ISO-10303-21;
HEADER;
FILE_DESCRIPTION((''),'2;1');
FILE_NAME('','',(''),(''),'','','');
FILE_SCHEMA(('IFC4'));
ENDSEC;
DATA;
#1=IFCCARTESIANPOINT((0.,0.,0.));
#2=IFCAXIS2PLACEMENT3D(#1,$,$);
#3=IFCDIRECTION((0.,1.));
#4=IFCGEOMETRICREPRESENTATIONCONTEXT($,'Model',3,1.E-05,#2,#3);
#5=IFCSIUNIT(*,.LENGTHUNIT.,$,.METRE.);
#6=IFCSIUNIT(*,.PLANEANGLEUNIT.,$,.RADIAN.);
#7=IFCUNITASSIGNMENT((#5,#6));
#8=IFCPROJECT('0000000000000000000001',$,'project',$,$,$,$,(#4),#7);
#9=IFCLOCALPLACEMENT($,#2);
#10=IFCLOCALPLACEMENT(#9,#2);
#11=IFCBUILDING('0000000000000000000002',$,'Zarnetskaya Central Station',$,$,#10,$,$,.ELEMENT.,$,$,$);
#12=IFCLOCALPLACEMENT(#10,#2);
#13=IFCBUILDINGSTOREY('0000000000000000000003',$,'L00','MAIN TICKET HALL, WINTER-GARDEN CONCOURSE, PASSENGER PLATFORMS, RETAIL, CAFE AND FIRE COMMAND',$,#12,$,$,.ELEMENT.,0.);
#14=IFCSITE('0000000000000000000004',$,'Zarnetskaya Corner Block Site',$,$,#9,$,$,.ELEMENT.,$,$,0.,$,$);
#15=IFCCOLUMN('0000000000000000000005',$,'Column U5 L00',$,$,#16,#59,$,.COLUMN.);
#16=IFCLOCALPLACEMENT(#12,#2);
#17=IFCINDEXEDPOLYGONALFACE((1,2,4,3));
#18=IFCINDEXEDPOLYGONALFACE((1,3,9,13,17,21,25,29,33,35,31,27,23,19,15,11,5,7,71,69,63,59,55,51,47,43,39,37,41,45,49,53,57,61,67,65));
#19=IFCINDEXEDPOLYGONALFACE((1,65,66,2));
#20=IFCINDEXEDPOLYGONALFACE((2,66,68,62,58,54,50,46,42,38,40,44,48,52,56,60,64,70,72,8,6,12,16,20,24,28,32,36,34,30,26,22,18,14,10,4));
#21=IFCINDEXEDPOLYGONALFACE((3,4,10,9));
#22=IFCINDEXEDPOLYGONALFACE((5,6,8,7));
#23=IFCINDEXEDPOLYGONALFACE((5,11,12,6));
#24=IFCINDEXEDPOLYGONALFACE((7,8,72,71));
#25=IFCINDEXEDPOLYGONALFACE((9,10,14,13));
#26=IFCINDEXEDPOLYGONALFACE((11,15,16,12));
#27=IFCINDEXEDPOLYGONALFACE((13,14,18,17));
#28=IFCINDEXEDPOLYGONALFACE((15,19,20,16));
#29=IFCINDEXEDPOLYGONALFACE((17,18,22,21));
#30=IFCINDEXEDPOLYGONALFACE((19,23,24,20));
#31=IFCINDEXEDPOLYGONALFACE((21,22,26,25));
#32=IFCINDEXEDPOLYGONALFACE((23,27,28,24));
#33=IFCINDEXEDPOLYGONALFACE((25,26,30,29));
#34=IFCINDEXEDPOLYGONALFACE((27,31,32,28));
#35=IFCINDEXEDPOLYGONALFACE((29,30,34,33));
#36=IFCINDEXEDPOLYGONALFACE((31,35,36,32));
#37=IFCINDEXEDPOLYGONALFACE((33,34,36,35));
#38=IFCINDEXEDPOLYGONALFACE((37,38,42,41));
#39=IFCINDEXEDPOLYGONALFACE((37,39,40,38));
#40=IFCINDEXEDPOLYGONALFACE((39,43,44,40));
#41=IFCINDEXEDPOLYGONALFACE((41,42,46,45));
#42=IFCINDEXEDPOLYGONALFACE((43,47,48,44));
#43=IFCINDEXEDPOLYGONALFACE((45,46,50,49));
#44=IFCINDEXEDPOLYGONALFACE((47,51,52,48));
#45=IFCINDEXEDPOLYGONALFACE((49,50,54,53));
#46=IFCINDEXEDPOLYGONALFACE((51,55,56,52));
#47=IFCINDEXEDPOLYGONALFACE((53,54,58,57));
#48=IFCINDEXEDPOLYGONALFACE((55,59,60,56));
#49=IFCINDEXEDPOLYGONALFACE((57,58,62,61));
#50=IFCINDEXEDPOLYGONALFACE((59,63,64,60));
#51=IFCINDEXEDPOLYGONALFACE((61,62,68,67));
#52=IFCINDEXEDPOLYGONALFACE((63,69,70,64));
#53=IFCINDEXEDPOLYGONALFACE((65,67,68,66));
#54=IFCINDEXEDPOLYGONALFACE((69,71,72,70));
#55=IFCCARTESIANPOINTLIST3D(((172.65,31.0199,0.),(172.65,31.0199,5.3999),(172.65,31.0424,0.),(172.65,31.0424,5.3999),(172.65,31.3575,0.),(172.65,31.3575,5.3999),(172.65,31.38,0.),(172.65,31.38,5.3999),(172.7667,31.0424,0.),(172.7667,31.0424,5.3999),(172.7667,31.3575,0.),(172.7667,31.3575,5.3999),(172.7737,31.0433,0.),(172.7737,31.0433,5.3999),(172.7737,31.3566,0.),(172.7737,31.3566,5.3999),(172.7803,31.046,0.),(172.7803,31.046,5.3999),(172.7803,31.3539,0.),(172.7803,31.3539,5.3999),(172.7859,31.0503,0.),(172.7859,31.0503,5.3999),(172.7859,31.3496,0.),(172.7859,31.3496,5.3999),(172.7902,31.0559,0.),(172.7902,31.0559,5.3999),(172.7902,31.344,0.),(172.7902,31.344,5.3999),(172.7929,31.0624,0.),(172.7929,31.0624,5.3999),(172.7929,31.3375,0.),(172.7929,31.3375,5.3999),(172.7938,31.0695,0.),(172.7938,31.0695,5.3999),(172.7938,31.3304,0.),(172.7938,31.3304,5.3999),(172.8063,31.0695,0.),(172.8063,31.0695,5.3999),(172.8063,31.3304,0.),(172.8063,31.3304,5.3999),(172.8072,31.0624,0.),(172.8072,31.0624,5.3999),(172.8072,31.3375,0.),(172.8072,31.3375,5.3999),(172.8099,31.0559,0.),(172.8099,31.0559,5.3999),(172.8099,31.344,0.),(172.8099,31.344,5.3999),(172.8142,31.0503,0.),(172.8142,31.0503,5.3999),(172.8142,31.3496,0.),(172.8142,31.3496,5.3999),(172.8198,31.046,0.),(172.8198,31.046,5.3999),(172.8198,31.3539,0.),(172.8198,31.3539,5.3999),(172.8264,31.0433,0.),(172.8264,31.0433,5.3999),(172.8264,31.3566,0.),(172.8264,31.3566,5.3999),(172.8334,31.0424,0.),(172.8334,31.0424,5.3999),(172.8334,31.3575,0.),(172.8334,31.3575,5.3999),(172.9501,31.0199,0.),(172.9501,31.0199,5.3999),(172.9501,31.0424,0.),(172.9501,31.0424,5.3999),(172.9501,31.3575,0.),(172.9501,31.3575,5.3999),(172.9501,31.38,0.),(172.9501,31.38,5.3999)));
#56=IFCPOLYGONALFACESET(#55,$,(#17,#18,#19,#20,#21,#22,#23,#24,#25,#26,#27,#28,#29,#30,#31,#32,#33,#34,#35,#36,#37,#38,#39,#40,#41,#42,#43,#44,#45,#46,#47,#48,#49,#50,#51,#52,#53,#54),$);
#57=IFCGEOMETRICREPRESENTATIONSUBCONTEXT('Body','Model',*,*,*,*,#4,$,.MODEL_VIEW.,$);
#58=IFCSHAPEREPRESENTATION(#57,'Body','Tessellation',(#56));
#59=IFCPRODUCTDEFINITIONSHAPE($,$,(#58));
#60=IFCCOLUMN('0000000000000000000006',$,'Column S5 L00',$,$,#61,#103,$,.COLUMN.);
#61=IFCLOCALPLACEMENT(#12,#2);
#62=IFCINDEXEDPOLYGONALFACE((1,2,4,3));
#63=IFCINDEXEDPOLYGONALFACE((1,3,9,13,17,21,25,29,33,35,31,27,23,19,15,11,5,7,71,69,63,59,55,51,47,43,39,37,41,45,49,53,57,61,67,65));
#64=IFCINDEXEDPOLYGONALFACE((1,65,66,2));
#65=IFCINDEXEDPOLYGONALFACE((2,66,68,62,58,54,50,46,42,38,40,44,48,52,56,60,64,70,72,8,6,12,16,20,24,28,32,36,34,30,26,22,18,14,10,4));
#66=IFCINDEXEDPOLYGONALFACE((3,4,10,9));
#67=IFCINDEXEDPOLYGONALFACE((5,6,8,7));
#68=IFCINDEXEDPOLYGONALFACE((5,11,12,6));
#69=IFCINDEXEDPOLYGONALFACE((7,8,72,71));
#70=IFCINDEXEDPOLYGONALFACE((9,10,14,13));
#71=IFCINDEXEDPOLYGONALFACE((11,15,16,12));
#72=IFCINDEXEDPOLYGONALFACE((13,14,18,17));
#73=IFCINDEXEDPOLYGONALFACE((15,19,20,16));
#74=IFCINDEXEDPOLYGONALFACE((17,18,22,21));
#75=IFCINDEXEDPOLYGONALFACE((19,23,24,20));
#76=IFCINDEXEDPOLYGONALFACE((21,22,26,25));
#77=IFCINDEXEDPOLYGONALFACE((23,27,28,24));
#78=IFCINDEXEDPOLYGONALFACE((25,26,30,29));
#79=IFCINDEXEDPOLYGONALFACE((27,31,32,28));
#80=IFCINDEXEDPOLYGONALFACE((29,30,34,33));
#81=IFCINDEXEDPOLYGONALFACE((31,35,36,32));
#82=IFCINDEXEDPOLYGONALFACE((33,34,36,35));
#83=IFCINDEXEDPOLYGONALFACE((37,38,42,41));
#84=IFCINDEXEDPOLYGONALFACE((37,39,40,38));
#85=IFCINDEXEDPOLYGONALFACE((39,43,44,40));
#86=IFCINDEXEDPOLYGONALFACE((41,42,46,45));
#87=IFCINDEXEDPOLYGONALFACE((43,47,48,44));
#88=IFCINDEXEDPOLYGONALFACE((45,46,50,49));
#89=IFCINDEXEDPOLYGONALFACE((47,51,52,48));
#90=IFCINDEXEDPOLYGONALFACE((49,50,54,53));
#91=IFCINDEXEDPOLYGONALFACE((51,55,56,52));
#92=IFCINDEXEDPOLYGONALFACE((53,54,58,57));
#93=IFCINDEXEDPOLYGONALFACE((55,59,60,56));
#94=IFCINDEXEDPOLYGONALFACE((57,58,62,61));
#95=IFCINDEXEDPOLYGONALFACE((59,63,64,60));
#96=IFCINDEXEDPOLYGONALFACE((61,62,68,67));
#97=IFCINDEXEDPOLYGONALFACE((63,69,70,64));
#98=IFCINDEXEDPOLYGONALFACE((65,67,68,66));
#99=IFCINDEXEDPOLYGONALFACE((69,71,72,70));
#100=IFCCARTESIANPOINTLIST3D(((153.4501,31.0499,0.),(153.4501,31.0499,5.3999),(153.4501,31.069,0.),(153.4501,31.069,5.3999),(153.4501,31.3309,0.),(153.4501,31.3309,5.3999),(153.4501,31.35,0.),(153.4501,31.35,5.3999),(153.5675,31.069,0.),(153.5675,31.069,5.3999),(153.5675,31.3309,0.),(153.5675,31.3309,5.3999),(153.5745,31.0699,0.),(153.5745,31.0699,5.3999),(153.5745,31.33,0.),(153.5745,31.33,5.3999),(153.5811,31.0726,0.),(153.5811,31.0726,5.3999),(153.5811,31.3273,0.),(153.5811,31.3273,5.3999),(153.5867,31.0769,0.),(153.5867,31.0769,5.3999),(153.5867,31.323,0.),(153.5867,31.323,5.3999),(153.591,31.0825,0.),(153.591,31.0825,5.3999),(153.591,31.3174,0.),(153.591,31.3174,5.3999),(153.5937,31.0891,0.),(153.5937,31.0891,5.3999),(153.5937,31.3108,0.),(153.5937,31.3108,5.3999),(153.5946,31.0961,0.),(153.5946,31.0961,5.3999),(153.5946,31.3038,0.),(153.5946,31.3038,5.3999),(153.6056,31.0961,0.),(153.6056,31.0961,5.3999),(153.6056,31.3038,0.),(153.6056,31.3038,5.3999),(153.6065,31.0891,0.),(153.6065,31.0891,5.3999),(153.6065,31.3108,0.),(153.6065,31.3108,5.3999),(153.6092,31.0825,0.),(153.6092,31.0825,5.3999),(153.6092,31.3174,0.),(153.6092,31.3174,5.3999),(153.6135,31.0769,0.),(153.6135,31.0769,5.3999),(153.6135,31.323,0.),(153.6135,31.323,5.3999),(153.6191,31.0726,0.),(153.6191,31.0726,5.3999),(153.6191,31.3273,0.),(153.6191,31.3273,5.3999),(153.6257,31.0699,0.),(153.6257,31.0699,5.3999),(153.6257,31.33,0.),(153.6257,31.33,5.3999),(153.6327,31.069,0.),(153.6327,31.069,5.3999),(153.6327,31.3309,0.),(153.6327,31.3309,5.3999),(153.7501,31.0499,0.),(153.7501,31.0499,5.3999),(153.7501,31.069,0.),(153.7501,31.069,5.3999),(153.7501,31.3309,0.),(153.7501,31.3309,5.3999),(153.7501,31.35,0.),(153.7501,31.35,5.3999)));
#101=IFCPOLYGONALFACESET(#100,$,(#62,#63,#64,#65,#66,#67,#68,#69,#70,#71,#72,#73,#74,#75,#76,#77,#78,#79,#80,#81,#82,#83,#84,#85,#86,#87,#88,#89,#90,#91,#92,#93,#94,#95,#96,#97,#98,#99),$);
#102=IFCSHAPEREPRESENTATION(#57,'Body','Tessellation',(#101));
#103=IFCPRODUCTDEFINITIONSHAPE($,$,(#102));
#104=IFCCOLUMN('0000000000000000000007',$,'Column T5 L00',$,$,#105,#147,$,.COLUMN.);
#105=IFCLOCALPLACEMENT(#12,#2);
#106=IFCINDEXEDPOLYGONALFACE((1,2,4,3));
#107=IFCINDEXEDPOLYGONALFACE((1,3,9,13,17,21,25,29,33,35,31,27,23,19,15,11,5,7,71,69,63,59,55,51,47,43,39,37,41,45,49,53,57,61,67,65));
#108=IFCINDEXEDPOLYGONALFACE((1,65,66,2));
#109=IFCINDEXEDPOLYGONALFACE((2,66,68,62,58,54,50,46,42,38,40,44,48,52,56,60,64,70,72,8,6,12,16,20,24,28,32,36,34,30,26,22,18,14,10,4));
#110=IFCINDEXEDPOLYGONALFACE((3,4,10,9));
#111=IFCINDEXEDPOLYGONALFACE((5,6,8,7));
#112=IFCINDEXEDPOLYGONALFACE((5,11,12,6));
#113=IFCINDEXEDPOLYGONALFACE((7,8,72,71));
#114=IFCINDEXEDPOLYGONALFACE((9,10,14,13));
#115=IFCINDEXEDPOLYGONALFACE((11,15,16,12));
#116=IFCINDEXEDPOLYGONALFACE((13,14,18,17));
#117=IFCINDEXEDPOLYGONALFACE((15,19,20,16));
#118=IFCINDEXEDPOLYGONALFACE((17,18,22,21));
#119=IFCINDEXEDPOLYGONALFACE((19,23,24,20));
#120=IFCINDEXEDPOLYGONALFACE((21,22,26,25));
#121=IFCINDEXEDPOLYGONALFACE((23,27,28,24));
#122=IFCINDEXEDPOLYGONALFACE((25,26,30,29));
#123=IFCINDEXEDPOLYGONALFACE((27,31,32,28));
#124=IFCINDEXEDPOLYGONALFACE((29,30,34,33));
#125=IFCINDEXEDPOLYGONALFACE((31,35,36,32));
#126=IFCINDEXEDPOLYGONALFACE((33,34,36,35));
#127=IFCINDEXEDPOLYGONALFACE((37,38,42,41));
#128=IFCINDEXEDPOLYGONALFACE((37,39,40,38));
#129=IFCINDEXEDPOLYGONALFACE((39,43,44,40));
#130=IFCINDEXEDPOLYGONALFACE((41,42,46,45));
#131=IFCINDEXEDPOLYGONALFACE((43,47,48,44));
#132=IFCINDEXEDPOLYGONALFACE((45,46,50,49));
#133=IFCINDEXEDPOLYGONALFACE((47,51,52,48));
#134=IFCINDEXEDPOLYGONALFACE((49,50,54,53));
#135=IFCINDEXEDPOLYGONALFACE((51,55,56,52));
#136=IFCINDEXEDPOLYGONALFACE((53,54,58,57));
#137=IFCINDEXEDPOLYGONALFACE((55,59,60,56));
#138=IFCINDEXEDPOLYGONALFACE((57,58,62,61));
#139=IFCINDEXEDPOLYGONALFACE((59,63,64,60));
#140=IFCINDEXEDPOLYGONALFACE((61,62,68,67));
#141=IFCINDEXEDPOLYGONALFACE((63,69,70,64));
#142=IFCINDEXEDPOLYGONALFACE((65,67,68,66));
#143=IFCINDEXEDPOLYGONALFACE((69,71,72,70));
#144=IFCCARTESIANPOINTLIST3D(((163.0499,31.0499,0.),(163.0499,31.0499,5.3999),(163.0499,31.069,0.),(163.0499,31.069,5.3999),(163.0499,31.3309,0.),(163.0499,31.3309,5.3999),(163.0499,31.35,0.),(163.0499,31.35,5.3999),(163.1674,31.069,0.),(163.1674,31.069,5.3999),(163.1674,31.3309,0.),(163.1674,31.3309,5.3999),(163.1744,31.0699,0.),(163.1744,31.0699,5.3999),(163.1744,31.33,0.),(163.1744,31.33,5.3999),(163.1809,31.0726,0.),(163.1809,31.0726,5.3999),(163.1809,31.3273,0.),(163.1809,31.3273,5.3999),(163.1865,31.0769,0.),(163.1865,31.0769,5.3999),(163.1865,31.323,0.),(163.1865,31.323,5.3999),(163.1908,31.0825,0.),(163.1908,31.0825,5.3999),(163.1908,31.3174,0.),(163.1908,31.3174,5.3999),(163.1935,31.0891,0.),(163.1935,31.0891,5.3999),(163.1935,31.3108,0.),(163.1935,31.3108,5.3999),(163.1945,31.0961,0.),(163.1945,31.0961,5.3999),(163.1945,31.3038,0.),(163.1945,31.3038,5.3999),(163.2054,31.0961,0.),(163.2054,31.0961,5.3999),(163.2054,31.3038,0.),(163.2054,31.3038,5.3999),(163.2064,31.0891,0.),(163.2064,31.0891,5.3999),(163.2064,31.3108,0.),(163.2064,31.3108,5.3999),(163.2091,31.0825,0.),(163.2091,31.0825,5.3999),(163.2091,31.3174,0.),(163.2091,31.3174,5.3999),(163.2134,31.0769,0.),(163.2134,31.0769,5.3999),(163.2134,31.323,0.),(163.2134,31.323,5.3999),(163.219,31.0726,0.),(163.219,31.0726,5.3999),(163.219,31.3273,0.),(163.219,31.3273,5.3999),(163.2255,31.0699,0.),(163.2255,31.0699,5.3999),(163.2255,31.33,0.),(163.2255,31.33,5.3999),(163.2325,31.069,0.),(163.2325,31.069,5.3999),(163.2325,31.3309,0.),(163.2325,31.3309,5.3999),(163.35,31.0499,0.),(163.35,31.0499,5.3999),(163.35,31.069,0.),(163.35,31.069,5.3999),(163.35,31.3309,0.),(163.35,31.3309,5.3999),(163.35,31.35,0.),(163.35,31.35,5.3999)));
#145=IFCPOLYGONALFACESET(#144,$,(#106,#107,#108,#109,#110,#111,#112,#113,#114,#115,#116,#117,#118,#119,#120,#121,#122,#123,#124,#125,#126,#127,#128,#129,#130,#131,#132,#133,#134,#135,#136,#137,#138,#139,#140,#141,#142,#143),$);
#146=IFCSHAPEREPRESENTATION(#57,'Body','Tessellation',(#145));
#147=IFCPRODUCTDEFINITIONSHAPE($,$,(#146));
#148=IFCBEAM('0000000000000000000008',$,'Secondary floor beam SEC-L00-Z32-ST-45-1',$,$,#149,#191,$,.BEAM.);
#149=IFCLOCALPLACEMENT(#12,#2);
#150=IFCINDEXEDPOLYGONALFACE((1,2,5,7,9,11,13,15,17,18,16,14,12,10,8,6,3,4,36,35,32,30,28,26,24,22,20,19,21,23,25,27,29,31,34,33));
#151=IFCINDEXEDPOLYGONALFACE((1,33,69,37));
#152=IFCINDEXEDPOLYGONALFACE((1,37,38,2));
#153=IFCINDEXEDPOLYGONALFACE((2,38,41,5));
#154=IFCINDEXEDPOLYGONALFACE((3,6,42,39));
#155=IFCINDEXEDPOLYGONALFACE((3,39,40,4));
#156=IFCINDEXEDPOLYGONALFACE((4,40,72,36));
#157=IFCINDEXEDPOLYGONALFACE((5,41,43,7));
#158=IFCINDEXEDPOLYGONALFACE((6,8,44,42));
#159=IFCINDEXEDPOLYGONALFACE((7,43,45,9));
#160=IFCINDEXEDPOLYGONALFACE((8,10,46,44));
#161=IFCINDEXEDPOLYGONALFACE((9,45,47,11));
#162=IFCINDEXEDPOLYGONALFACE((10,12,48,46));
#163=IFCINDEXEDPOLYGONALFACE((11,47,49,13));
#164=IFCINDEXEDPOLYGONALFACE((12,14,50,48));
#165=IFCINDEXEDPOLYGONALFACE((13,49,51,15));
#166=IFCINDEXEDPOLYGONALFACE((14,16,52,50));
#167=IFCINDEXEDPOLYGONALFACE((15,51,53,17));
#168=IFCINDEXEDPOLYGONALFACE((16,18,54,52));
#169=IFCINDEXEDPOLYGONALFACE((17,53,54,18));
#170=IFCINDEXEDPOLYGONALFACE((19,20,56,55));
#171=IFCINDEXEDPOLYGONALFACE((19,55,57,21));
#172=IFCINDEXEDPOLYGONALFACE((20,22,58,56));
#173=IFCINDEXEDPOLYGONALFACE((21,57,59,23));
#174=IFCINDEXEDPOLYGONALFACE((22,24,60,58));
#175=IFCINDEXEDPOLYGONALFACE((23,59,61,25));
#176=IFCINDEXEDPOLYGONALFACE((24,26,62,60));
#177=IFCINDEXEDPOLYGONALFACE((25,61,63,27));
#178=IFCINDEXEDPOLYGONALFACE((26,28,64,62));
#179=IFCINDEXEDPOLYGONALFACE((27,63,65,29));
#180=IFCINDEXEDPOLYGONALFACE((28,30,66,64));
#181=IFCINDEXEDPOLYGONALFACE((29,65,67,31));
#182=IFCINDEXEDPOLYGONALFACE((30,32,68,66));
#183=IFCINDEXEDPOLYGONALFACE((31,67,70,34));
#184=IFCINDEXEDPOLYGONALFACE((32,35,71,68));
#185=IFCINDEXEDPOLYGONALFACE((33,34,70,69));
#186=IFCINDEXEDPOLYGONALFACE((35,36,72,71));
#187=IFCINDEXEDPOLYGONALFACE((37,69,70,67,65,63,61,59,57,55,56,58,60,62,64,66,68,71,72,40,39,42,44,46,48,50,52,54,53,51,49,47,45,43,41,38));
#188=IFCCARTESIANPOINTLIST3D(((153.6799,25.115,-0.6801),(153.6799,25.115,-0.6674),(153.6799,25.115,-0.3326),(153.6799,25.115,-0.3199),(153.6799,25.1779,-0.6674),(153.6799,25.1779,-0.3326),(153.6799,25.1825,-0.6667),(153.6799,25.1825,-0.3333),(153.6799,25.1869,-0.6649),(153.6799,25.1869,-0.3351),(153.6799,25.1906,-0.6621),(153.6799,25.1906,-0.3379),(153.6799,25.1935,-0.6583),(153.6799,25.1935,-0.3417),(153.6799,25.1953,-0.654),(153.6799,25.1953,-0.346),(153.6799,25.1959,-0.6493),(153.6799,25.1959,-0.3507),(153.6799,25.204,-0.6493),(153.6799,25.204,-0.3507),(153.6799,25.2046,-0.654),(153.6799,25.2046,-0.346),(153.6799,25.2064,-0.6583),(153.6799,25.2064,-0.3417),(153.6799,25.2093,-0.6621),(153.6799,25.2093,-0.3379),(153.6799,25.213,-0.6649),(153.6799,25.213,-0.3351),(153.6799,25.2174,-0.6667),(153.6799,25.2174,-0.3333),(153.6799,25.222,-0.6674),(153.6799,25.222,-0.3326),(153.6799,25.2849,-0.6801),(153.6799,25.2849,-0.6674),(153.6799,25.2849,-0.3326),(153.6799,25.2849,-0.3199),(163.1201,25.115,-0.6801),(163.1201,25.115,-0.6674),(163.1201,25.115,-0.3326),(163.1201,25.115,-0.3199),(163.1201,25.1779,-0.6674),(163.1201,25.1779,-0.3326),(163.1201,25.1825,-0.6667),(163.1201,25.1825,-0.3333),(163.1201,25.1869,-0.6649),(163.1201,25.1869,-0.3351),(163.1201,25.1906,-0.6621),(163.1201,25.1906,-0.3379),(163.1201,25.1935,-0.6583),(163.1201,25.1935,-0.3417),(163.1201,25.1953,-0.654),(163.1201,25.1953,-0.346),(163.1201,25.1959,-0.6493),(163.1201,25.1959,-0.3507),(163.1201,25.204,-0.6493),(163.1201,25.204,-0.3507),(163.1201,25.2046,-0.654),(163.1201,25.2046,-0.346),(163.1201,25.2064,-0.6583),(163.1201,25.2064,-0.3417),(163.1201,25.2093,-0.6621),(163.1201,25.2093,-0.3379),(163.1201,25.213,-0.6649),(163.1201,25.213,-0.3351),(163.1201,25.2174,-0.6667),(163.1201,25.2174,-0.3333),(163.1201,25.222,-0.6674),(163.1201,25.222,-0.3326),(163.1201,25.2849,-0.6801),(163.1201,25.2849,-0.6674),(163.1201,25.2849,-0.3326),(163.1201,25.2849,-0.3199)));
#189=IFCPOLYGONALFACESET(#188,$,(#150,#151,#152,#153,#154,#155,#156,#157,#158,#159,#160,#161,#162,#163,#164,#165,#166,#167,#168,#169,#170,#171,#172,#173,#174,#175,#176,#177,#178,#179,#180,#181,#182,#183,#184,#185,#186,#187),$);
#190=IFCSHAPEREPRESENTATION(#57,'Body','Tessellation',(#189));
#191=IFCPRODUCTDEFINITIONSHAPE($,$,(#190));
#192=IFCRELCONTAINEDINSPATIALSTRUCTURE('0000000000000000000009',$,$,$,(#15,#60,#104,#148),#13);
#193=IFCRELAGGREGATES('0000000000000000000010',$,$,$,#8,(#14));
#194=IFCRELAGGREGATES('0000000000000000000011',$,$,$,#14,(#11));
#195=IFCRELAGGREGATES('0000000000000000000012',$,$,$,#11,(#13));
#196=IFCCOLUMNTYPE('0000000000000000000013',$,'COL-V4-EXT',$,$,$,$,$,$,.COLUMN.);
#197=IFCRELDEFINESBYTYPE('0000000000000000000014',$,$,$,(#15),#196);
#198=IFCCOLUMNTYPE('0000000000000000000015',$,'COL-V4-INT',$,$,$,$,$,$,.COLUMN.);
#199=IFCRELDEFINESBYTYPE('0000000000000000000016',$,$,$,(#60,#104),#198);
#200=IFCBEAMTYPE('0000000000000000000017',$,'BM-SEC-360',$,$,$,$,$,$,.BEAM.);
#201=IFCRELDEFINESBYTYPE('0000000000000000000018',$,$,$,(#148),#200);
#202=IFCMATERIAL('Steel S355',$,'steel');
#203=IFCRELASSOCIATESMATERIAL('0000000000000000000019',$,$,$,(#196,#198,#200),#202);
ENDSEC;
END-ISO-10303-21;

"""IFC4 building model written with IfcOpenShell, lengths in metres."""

from ifc_helpers import new_model, si_unit, direction, frame, origin, origin_2d, place, context, subcontext, project, spatial, i_section, extrude, material, material_profile, profile_set, type_object, element, save


model = new_model("IFC4")

# Units and contexts
model_context = context("Model", 3, precision=1e-05, world=origin(), true_north=direction((0.0, 1.0)))
body_context = subcontext(model_context, "Body", "Model", "MODEL_VIEW")
ifc_project = project(units=[si_unit("LENGTHUNIT", "METRE"), si_unit("PLANEANGLEUNIT", "RADIAN")], contexts=[model_context])

# Site, building, storey
site_placement = place(None, origin())
site = spatial("IfcSite", under=ifc_project, at=site_placement, Name="Zarnetskaya Corner Block Site", CompositionType="ELEMENT", RefElevation=0.0)
building_placement = place(site_placement, origin())
building = spatial("IfcBuilding", under=site, at=building_placement, Name="Zarnetskaya Central Station", CompositionType="ELEMENT")
storey_placement = place(building_placement, origin())
storey = spatial("IfcBuildingStorey", under=building, at=storey_placement, Name="L00", Description="MAIN TICKET HALL, WINTER-GARDEN CONCOURSE, PASSENGER PLATFORMS, RETAIL, CAFE AND FIRE COMMAND", CompositionType="ELEMENT", Elevation=0.0)

# Columns
ifc_material_1 = material(Name="Steel S355", Category="steel")
ifc_material_profile_1 = material_profile(ifc_material_1, i_section(OverallWidth=0.3, OverallDepth=0.3601, WebThickness=0.0125, FlangeThickness=0.0225, FilletRadius=0.0271, at=origin_2d()), Name="HEB 360")
ifc_profile_set_1 = profile_set([ifc_material_profile_1], Name="Steel S355")
column_type_1 = type_object("IfcColumnType", Name="COL-V4-EXT", PredefinedType="COLUMN", material=ifc_profile_set_1)
column_placement = place(storey_placement, frame((172.8, 31.2, 0.0), z_axis=(0.0, 0.0, 1.0), x_axis=(1.0, 0.0, 0.0)))
element("IfcColumn", 1, at=column_placement, inside=storey, type_object=column_type_1, Name="Column U5 L00", PredefinedType="COLUMN", context=body_context, shape_type="SweptSolid", body=[
    extrude(i_section(OverallWidth=0.3, OverallDepth=0.3601, WebThickness=0.0125, FlangeThickness=0.0225, FilletRadius=0.0271, at=origin_2d()), origin(), (0.0, 0.0, 1.0), 5.3999),
])
ifc_material_profile_2 = material_profile(ifc_material_1, i_section(OverallWidth=0.3, OverallDepth=0.3, WebThickness=0.011, FlangeThickness=0.019, FilletRadius=0.0271, at=origin_2d()), Name="HEB 300")
ifc_profile_set_2 = profile_set([ifc_material_profile_2], Name="Steel S355")
column_type_2 = type_object("IfcColumnType", Name="COL-V4-INT", PredefinedType="COLUMN", material=ifc_profile_set_2)
for number, where, z_axis, x_axis, name in (
    (2, (153.6001, 31.2, 0.0), (0.0, 0.0, 1.0), (1.0, 0.0, 0.0), "Column S5 L00"),
    (3, (163.2, 31.2, 0.0), (0.0, 0.0, 1.0), (1.0, 0.0, 0.0), "Column T5 L00"),
):
    element("IfcColumn", number, at=place(storey_placement, frame(where, z_axis=z_axis, x_axis=x_axis)), inside=storey, type_object=column_type_2, Name=name, PredefinedType="COLUMN", context=body_context, shape_type="SweptSolid", body=[
        extrude(i_section(OverallWidth=0.3, OverallDepth=0.3, WebThickness=0.011, FlangeThickness=0.019, FilletRadius=0.0271, at=origin_2d()), origin(), (0.0, 0.0, 1.0), 5.3999),
    ])

# Beam
ifc_material_profile_3 = material_profile(ifc_material_1, i_section(OverallWidth=0.1699, OverallDepth=0.3601, WebThickness=0.0081, FlangeThickness=0.0127, FilletRadius=0.0181, at=origin_2d()), Name="IPE 360")
ifc_profile_set_3 = profile_set([ifc_material_profile_3], Name="Steel S355")
beam_type_1 = type_object("IfcBeamType", Name="BM-SEC-360", PredefinedType="BEAM", material=ifc_profile_set_3)
for number, where, z_axis, x_axis, name in (
    (4, (153.6799, 25.2, -0.5), (1.0, 0.0, 0.0), (0.0, 1.0, 0.0), "Secondary floor beam SEC-L00-Z32-ST-45-1"),
):
    element("IfcBeam", number, at=place(storey_placement, frame(where, z_axis=z_axis, x_axis=x_axis)), inside=storey, type_object=beam_type_1, Name=name, PredefinedType="BEAM", context=body_context, shape_type="SweptSolid", body=[
        extrude(i_section(OverallWidth=0.1699, OverallDepth=0.3601, WebThickness=0.0081, FlangeThickness=0.0127, FilletRadius=0.0181, at=origin_2d()), origin(), (0.0, 0.0, 1.0), 9.4402),
    ])

save(model, "model.ifc")
